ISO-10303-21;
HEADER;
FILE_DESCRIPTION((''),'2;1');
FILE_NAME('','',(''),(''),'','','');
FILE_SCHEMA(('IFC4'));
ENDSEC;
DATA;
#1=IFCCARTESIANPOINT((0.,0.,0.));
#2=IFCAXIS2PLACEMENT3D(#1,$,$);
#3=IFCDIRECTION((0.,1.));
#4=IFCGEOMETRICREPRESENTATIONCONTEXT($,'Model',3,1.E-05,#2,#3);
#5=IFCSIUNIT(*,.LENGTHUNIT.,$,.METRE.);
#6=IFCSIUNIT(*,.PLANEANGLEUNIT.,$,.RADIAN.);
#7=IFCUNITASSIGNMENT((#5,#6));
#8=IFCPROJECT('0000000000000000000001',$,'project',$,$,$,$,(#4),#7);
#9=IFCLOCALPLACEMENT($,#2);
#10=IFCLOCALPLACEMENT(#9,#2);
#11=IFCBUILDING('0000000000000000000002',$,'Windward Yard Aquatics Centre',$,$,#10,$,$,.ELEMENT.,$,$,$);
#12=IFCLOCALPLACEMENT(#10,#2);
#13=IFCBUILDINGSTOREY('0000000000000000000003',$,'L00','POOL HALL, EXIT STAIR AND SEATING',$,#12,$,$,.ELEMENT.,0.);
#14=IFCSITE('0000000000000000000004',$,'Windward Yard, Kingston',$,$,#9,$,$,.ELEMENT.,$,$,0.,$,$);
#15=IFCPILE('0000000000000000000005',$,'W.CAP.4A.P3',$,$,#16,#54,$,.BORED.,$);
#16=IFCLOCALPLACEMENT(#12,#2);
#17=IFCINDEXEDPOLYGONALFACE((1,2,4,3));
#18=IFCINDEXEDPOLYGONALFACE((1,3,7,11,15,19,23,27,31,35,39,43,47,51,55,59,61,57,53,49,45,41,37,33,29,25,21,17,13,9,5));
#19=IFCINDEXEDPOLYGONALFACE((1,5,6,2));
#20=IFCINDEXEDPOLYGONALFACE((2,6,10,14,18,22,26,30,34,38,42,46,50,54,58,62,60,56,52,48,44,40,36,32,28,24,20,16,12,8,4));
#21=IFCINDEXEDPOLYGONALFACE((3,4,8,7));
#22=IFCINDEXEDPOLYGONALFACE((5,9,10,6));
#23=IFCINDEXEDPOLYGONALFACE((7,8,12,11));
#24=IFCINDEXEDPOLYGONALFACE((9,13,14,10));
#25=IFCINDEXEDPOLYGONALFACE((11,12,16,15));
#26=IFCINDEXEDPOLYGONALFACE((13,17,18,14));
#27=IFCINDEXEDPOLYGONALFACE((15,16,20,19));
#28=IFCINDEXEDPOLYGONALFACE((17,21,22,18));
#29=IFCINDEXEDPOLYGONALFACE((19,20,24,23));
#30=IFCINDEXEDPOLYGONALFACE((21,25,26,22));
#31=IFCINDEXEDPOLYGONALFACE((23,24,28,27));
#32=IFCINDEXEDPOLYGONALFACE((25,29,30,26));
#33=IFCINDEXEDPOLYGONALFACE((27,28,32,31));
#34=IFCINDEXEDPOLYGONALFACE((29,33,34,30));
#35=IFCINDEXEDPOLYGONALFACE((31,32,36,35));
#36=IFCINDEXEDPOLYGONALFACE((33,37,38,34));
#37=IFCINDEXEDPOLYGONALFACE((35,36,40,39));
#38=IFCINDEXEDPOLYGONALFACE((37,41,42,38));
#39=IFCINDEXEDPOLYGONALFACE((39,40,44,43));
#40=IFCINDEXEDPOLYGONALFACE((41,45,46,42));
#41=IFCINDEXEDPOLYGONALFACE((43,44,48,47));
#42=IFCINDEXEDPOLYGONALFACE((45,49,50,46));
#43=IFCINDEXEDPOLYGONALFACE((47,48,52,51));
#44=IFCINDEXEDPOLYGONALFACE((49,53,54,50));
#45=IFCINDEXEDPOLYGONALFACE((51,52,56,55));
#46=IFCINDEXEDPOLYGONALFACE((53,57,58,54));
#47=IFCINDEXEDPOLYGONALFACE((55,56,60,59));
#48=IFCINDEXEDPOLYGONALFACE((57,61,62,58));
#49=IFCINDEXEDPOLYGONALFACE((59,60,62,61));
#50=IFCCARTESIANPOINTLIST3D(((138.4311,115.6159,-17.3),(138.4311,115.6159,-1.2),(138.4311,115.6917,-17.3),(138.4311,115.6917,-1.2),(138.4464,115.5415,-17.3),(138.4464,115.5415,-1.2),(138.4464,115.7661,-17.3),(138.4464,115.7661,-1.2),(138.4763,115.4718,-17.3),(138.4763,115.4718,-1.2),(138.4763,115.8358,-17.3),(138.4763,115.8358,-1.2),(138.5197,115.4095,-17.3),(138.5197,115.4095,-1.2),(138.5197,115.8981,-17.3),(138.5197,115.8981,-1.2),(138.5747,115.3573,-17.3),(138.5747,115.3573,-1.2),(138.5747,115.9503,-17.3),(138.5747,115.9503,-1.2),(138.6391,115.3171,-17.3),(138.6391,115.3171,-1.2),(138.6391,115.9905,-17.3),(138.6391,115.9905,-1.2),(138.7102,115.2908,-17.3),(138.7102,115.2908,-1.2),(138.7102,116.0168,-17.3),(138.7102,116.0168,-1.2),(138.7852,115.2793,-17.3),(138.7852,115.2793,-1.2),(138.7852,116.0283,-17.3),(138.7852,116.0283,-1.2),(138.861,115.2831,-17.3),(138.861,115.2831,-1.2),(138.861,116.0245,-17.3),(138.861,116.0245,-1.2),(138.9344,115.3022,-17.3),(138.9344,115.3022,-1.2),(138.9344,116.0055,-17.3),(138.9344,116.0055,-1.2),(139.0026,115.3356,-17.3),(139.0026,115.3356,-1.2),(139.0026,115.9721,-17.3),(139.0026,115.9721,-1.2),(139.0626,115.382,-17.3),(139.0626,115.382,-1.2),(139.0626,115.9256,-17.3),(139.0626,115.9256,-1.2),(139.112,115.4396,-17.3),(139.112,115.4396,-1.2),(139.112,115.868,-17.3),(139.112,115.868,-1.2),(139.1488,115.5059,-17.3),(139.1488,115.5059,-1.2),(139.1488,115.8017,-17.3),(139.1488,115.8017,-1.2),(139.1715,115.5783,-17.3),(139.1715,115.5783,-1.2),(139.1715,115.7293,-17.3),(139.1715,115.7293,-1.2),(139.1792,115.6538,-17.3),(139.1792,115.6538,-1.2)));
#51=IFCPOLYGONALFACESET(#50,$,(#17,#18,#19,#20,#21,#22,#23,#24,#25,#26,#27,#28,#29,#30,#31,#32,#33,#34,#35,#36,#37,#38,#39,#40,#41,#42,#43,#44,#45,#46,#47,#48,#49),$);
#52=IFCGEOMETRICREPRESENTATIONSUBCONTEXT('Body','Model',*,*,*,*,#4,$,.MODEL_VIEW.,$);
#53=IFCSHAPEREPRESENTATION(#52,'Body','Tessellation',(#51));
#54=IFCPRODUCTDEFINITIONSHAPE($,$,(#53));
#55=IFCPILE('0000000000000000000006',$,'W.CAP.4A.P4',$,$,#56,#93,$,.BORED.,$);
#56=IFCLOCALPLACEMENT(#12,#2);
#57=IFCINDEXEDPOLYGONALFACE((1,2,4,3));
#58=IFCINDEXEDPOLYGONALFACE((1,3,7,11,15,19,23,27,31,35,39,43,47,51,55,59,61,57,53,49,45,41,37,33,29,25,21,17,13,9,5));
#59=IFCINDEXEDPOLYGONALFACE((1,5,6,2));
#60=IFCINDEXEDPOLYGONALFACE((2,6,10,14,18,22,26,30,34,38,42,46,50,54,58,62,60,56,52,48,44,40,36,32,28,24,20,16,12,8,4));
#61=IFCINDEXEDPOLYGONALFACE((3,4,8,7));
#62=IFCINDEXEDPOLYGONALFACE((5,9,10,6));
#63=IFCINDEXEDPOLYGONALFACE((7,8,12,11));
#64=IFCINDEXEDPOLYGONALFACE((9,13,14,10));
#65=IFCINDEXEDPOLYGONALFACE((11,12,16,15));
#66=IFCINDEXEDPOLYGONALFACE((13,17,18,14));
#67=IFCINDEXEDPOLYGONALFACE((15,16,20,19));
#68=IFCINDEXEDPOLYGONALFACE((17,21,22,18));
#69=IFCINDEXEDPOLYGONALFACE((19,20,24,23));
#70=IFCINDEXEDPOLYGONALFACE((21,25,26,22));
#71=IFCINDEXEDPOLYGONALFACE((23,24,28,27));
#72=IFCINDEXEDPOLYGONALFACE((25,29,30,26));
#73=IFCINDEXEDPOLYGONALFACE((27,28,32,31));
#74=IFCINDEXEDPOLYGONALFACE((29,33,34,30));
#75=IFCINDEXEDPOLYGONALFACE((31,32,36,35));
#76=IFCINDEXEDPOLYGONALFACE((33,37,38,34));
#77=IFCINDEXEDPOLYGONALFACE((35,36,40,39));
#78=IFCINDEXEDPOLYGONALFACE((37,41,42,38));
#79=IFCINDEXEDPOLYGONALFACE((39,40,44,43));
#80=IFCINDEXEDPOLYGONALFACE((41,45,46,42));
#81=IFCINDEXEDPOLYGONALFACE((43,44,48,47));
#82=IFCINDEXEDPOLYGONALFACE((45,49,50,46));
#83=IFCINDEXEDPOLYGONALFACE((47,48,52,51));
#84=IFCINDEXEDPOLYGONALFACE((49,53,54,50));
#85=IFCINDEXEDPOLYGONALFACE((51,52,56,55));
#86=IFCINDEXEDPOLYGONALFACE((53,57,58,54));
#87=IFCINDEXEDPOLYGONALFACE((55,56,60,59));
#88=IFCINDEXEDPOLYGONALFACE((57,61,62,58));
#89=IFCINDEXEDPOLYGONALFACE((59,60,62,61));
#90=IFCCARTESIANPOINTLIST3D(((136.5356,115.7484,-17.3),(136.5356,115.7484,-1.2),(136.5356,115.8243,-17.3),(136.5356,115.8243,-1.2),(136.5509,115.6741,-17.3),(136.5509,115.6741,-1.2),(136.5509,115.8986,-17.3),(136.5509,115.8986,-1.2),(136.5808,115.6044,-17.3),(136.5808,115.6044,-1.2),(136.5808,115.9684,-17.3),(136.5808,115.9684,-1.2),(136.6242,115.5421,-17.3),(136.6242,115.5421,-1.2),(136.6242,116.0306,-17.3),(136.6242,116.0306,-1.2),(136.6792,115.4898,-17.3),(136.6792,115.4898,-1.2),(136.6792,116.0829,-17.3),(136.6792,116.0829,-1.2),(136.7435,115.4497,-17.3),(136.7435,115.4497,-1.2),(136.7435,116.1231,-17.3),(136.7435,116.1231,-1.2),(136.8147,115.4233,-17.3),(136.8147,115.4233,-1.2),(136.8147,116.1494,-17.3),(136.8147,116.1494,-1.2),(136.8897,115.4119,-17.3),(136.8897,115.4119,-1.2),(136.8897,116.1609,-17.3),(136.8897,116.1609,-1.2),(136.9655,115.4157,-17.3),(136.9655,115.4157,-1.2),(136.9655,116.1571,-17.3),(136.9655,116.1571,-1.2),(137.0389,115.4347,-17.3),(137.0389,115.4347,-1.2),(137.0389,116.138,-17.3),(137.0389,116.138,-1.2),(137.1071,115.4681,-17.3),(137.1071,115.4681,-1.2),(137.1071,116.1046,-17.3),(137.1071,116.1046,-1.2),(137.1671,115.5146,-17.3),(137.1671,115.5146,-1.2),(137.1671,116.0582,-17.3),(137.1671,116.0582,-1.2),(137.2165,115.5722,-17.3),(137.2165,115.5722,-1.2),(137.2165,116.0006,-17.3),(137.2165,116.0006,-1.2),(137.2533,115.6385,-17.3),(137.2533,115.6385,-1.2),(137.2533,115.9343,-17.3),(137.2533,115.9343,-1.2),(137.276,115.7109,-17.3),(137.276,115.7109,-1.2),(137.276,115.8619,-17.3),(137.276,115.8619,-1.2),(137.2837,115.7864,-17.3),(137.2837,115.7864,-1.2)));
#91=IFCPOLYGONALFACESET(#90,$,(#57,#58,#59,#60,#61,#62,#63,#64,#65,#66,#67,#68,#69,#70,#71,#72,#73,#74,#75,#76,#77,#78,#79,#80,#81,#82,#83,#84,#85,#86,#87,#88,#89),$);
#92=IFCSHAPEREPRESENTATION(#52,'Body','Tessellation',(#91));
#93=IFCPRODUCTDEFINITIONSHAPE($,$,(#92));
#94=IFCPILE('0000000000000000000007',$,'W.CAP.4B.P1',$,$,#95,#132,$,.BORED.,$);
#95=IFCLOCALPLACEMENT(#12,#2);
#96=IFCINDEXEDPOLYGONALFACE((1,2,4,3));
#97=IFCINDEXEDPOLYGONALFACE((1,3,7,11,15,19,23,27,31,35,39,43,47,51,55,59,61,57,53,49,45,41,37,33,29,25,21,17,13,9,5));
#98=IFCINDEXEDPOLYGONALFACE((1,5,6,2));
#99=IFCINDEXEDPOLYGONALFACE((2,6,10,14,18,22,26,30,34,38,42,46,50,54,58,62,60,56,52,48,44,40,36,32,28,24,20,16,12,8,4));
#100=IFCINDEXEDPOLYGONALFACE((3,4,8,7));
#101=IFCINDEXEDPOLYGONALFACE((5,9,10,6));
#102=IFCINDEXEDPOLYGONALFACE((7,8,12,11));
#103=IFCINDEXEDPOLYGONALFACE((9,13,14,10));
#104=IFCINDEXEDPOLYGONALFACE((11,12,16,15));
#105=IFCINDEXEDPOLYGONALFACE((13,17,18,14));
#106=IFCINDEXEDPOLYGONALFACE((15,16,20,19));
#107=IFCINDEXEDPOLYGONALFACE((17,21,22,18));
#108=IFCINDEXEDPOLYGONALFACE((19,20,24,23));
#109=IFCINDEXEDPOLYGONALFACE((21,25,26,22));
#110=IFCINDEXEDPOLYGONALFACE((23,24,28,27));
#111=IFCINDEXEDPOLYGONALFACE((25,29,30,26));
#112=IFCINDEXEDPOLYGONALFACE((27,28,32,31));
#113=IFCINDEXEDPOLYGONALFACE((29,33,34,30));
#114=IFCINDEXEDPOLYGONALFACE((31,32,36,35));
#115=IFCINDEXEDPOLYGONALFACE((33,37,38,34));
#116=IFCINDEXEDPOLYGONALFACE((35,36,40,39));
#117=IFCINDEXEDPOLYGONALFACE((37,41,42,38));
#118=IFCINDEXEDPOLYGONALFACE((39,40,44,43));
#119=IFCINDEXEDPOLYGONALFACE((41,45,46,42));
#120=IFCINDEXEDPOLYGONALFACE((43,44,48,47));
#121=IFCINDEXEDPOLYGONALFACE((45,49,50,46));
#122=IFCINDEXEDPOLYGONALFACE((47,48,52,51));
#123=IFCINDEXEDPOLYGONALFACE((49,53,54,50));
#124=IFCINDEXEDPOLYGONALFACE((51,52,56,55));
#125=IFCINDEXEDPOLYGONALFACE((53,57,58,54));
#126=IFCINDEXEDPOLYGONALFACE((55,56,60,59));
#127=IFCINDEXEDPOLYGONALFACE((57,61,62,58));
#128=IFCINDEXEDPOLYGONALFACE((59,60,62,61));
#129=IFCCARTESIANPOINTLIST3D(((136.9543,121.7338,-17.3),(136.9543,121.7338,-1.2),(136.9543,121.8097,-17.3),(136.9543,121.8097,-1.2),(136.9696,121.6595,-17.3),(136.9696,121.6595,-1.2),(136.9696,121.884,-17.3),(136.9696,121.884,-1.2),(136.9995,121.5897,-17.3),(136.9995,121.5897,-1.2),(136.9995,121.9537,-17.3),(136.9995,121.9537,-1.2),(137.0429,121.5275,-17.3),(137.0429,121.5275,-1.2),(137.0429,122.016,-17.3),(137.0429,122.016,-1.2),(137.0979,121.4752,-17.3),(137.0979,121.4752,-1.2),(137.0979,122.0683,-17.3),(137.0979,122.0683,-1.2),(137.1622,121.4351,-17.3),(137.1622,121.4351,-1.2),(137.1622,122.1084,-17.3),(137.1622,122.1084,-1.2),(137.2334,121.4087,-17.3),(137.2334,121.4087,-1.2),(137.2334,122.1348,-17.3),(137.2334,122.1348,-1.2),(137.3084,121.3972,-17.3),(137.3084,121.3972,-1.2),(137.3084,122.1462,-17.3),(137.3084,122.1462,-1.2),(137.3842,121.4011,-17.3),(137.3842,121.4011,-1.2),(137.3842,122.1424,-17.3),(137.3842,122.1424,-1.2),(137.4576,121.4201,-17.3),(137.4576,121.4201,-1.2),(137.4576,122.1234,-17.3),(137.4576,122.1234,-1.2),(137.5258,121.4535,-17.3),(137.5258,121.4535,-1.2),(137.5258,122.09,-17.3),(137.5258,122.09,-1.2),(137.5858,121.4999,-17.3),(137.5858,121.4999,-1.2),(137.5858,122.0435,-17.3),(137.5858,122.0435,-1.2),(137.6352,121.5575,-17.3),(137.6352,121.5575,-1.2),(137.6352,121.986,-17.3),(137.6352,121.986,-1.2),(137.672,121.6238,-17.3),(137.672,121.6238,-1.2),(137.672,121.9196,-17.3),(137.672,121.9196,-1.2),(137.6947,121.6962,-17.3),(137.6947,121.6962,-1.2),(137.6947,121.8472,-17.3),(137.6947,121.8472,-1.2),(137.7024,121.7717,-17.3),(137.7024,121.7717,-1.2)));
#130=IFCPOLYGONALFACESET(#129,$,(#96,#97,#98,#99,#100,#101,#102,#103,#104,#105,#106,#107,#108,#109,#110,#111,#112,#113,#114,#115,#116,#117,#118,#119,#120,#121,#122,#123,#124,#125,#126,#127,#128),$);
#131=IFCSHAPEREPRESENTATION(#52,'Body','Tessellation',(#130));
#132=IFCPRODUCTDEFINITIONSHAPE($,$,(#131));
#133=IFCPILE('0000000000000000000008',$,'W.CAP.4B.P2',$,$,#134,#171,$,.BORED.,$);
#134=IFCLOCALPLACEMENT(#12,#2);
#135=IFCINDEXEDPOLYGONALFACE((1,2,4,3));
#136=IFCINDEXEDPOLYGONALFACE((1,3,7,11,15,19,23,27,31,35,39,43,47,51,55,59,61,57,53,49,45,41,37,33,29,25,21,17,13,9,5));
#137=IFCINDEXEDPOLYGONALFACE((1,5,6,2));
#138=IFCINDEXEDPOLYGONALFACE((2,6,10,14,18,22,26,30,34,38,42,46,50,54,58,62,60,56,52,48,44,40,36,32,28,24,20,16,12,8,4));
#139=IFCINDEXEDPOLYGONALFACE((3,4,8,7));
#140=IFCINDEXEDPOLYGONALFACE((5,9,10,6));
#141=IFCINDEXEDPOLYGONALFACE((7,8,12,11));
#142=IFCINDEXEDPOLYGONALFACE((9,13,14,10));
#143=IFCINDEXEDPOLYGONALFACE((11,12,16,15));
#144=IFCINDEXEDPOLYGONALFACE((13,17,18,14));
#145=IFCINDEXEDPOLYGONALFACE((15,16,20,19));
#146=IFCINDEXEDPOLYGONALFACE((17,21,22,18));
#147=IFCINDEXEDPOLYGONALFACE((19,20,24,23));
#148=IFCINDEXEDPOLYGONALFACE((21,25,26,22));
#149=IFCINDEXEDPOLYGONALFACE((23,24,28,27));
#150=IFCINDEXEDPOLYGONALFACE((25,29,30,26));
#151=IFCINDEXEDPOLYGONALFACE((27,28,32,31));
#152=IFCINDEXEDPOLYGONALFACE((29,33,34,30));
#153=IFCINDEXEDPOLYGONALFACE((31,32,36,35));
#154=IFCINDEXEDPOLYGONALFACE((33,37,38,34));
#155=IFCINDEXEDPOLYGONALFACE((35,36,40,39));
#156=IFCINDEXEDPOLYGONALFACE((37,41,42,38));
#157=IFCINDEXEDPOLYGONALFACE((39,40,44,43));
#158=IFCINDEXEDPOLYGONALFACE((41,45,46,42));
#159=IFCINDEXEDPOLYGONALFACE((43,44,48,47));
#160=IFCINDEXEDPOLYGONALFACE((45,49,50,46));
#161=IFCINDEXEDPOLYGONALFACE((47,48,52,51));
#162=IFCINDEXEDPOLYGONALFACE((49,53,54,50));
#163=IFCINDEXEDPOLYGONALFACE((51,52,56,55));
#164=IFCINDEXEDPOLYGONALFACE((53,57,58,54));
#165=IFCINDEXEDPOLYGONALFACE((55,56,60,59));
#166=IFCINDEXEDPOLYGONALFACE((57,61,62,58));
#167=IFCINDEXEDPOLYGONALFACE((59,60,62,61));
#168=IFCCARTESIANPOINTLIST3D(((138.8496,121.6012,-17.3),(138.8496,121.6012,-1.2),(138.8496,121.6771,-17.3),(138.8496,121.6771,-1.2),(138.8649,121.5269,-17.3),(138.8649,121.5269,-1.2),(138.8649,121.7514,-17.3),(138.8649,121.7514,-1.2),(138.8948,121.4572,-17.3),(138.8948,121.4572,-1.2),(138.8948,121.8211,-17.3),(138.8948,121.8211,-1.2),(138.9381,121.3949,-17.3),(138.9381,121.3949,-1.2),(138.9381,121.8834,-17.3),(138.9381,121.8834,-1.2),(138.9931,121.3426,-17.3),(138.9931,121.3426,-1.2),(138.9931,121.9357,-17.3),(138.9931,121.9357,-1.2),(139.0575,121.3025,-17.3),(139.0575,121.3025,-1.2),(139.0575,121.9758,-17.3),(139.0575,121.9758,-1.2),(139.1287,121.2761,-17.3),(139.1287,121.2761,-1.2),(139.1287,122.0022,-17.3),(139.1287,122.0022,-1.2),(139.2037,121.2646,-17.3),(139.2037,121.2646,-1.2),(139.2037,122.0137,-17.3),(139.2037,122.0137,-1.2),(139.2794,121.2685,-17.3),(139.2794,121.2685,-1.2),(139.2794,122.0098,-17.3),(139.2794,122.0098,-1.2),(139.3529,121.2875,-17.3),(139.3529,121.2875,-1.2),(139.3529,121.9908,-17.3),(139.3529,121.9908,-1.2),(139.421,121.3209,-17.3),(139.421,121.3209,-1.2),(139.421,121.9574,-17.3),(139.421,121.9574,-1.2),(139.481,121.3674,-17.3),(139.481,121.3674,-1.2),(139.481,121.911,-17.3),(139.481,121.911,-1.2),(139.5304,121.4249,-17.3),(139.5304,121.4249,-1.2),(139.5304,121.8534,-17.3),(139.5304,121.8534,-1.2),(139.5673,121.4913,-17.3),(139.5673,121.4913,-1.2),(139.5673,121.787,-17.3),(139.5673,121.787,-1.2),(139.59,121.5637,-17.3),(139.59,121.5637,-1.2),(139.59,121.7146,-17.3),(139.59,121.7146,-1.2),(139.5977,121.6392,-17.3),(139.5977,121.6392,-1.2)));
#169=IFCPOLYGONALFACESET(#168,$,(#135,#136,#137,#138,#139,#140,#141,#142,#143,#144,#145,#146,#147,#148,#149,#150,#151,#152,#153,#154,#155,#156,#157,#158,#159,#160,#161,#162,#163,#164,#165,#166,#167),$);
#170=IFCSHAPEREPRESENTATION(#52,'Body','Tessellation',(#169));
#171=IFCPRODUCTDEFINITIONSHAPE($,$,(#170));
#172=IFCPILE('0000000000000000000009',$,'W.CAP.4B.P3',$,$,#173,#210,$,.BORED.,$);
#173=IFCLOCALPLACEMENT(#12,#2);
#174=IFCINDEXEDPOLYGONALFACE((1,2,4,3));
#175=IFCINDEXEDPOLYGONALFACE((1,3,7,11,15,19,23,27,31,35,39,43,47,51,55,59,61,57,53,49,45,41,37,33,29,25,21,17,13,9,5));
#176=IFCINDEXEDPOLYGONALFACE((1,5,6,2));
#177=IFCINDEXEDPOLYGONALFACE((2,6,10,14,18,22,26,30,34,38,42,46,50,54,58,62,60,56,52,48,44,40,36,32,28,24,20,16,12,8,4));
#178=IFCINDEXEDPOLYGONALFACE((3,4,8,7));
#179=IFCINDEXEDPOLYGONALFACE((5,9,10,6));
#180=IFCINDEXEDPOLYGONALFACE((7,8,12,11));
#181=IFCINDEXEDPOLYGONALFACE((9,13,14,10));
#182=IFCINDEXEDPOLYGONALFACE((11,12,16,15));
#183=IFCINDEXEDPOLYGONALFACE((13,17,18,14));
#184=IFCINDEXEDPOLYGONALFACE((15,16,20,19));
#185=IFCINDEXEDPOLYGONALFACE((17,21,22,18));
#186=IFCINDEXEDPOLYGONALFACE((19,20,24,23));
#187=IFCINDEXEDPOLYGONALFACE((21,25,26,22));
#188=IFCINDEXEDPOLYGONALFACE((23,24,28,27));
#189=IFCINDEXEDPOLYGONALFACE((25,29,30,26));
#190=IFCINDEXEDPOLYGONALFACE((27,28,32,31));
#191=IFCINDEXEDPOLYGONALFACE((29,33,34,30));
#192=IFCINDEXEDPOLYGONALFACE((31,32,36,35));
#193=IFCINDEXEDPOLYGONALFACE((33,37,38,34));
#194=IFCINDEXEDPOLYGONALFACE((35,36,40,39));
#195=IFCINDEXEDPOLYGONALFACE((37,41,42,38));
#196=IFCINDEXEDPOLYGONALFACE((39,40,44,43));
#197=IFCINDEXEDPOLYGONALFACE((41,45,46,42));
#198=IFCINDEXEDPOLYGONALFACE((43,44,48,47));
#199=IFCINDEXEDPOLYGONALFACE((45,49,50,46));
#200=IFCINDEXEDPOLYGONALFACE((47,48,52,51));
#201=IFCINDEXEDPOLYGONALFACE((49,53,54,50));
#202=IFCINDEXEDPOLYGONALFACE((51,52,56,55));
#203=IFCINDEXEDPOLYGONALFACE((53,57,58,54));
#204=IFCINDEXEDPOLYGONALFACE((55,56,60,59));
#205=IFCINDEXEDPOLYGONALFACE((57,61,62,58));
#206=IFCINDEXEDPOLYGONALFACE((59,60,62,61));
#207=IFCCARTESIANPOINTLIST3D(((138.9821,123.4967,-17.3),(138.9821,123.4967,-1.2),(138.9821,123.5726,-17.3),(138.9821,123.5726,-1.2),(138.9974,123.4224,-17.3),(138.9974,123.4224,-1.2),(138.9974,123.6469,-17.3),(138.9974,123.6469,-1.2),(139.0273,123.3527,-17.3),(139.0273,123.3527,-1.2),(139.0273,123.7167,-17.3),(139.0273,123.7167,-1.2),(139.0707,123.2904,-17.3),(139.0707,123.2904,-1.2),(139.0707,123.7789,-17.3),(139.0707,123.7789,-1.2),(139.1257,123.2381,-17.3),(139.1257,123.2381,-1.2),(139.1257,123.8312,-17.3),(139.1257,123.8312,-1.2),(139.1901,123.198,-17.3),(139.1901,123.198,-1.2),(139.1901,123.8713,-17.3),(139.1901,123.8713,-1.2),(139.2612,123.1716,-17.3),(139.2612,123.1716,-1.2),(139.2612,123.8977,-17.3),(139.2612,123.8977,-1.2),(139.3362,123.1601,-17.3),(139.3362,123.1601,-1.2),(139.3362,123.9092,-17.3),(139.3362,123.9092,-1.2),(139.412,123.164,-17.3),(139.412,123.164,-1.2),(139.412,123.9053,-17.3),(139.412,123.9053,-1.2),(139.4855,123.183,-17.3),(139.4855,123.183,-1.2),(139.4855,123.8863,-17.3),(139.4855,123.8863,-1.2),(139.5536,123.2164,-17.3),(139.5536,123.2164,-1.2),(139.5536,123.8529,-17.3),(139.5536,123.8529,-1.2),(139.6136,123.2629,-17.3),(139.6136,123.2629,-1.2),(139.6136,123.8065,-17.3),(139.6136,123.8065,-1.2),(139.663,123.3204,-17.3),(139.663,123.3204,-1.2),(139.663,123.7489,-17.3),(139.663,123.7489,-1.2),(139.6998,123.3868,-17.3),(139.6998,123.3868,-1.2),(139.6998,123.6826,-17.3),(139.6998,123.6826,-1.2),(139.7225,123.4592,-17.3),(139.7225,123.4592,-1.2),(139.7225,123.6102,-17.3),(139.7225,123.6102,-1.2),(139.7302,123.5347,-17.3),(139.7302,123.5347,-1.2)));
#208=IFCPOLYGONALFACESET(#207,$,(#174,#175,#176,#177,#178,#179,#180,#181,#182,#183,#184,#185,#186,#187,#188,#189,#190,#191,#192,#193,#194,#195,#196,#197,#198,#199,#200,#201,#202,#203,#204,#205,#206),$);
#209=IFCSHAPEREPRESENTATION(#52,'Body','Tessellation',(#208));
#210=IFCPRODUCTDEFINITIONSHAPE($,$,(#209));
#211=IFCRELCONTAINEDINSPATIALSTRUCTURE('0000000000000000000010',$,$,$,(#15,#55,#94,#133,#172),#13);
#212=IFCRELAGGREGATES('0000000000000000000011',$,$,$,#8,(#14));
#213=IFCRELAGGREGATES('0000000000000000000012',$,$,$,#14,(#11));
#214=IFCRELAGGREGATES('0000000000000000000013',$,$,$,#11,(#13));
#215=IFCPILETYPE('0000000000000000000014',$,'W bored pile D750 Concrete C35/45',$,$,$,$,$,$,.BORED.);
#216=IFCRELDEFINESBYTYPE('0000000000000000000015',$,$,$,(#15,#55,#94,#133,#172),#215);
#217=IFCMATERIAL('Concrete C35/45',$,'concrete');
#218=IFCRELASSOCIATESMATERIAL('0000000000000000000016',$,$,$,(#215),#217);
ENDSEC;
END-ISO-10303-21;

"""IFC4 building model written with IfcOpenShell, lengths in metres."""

from ifc_helpers import new_model, si_unit, direction, frame, origin, origin_2d, place, context, subcontext, project, spatial, circle, extrude, material, material_profile, profile_set, type_object, element, save


model = new_model("IFC4")

# Units and contexts
model_context = context("Model", 3, precision=1e-05, world=origin(), true_north=direction((0.0, 1.0)))
body_context = subcontext(model_context, "Body", "Model", "MODEL_VIEW")
ifc_project = project(units=[si_unit("LENGTHUNIT", "METRE"), si_unit("PLANEANGLEUNIT", "RADIAN")], contexts=[model_context])

# Site, building, storey
site_placement = place(None, origin())
site = spatial("IfcSite", under=ifc_project, at=site_placement, Name="Windward Yard, Kingston", CompositionType="ELEMENT", RefElevation=0.0)
building_placement = place(site_placement, origin())
building = spatial("IfcBuilding", under=site, at=building_placement, Name="Windward Yard Aquatics Centre", CompositionType="ELEMENT")
storey_placement = place(building_placement, origin())
storey = spatial("IfcBuildingStorey", under=building, at=storey_placement, Name="L00", Description="POOL HALL, EXIT STAIR AND SEATING", CompositionType="ELEMENT", Elevation=0.0)

# Piles
ifc_material_1 = material(Name="Concrete C35/45", Category="concrete")
ifc_material_profile_1 = material_profile(ifc_material_1, circle(Radius=0.375, at=origin_2d()), Name="D750")
ifc_profile_set_1 = profile_set([ifc_material_profile_1], Name="Concrete C35/45")
pile_type = type_object("IfcPileType", Name="W bored pile D750 Concrete C35/45", PredefinedType="BORED", material=ifc_profile_set_1)
for number, where, z_axis, x_axis, name in (
    (1, (138.8042, 115.6538, -1.2), (0.0, 0.0, -1.0), (1.0, 0.0, 0.0), "W.CAP.4A.P3"),
    (2, (136.9087, 115.7864, -1.2), (0.0, 0.0, -1.0), (1.0, 0.0, 0.0), "W.CAP.4A.P4"),
    (3, (137.3274, 121.7717, -1.2), (0.0, 0.0, -1.0), (1.0, 0.0, 0.0), "W.CAP.4B.P1"),
    (4, (139.2227, 121.6392, -1.2), (0.0, 0.0, -1.0), (1.0, 0.0, 0.0), "W.CAP.4B.P2"),
    (5, (139.3552, 123.5347, -1.2), (0.0, 0.0, -1.0), (1.0, 0.0, 0.0), "W.CAP.4B.P3"),
):
    element("IfcPile", number, at=place(storey_placement, frame(where, z_axis=z_axis, x_axis=x_axis)), inside=storey, type_object=pile_type, Name=name, PredefinedType="BORED", context=body_context, shape_type="SweptSolid", body=[
        extrude(circle(Radius=0.375, at=origin_2d()), origin(), (0.0, 0.0, 1.0), 16.1001),
    ])

save(model, "model.ifc")
